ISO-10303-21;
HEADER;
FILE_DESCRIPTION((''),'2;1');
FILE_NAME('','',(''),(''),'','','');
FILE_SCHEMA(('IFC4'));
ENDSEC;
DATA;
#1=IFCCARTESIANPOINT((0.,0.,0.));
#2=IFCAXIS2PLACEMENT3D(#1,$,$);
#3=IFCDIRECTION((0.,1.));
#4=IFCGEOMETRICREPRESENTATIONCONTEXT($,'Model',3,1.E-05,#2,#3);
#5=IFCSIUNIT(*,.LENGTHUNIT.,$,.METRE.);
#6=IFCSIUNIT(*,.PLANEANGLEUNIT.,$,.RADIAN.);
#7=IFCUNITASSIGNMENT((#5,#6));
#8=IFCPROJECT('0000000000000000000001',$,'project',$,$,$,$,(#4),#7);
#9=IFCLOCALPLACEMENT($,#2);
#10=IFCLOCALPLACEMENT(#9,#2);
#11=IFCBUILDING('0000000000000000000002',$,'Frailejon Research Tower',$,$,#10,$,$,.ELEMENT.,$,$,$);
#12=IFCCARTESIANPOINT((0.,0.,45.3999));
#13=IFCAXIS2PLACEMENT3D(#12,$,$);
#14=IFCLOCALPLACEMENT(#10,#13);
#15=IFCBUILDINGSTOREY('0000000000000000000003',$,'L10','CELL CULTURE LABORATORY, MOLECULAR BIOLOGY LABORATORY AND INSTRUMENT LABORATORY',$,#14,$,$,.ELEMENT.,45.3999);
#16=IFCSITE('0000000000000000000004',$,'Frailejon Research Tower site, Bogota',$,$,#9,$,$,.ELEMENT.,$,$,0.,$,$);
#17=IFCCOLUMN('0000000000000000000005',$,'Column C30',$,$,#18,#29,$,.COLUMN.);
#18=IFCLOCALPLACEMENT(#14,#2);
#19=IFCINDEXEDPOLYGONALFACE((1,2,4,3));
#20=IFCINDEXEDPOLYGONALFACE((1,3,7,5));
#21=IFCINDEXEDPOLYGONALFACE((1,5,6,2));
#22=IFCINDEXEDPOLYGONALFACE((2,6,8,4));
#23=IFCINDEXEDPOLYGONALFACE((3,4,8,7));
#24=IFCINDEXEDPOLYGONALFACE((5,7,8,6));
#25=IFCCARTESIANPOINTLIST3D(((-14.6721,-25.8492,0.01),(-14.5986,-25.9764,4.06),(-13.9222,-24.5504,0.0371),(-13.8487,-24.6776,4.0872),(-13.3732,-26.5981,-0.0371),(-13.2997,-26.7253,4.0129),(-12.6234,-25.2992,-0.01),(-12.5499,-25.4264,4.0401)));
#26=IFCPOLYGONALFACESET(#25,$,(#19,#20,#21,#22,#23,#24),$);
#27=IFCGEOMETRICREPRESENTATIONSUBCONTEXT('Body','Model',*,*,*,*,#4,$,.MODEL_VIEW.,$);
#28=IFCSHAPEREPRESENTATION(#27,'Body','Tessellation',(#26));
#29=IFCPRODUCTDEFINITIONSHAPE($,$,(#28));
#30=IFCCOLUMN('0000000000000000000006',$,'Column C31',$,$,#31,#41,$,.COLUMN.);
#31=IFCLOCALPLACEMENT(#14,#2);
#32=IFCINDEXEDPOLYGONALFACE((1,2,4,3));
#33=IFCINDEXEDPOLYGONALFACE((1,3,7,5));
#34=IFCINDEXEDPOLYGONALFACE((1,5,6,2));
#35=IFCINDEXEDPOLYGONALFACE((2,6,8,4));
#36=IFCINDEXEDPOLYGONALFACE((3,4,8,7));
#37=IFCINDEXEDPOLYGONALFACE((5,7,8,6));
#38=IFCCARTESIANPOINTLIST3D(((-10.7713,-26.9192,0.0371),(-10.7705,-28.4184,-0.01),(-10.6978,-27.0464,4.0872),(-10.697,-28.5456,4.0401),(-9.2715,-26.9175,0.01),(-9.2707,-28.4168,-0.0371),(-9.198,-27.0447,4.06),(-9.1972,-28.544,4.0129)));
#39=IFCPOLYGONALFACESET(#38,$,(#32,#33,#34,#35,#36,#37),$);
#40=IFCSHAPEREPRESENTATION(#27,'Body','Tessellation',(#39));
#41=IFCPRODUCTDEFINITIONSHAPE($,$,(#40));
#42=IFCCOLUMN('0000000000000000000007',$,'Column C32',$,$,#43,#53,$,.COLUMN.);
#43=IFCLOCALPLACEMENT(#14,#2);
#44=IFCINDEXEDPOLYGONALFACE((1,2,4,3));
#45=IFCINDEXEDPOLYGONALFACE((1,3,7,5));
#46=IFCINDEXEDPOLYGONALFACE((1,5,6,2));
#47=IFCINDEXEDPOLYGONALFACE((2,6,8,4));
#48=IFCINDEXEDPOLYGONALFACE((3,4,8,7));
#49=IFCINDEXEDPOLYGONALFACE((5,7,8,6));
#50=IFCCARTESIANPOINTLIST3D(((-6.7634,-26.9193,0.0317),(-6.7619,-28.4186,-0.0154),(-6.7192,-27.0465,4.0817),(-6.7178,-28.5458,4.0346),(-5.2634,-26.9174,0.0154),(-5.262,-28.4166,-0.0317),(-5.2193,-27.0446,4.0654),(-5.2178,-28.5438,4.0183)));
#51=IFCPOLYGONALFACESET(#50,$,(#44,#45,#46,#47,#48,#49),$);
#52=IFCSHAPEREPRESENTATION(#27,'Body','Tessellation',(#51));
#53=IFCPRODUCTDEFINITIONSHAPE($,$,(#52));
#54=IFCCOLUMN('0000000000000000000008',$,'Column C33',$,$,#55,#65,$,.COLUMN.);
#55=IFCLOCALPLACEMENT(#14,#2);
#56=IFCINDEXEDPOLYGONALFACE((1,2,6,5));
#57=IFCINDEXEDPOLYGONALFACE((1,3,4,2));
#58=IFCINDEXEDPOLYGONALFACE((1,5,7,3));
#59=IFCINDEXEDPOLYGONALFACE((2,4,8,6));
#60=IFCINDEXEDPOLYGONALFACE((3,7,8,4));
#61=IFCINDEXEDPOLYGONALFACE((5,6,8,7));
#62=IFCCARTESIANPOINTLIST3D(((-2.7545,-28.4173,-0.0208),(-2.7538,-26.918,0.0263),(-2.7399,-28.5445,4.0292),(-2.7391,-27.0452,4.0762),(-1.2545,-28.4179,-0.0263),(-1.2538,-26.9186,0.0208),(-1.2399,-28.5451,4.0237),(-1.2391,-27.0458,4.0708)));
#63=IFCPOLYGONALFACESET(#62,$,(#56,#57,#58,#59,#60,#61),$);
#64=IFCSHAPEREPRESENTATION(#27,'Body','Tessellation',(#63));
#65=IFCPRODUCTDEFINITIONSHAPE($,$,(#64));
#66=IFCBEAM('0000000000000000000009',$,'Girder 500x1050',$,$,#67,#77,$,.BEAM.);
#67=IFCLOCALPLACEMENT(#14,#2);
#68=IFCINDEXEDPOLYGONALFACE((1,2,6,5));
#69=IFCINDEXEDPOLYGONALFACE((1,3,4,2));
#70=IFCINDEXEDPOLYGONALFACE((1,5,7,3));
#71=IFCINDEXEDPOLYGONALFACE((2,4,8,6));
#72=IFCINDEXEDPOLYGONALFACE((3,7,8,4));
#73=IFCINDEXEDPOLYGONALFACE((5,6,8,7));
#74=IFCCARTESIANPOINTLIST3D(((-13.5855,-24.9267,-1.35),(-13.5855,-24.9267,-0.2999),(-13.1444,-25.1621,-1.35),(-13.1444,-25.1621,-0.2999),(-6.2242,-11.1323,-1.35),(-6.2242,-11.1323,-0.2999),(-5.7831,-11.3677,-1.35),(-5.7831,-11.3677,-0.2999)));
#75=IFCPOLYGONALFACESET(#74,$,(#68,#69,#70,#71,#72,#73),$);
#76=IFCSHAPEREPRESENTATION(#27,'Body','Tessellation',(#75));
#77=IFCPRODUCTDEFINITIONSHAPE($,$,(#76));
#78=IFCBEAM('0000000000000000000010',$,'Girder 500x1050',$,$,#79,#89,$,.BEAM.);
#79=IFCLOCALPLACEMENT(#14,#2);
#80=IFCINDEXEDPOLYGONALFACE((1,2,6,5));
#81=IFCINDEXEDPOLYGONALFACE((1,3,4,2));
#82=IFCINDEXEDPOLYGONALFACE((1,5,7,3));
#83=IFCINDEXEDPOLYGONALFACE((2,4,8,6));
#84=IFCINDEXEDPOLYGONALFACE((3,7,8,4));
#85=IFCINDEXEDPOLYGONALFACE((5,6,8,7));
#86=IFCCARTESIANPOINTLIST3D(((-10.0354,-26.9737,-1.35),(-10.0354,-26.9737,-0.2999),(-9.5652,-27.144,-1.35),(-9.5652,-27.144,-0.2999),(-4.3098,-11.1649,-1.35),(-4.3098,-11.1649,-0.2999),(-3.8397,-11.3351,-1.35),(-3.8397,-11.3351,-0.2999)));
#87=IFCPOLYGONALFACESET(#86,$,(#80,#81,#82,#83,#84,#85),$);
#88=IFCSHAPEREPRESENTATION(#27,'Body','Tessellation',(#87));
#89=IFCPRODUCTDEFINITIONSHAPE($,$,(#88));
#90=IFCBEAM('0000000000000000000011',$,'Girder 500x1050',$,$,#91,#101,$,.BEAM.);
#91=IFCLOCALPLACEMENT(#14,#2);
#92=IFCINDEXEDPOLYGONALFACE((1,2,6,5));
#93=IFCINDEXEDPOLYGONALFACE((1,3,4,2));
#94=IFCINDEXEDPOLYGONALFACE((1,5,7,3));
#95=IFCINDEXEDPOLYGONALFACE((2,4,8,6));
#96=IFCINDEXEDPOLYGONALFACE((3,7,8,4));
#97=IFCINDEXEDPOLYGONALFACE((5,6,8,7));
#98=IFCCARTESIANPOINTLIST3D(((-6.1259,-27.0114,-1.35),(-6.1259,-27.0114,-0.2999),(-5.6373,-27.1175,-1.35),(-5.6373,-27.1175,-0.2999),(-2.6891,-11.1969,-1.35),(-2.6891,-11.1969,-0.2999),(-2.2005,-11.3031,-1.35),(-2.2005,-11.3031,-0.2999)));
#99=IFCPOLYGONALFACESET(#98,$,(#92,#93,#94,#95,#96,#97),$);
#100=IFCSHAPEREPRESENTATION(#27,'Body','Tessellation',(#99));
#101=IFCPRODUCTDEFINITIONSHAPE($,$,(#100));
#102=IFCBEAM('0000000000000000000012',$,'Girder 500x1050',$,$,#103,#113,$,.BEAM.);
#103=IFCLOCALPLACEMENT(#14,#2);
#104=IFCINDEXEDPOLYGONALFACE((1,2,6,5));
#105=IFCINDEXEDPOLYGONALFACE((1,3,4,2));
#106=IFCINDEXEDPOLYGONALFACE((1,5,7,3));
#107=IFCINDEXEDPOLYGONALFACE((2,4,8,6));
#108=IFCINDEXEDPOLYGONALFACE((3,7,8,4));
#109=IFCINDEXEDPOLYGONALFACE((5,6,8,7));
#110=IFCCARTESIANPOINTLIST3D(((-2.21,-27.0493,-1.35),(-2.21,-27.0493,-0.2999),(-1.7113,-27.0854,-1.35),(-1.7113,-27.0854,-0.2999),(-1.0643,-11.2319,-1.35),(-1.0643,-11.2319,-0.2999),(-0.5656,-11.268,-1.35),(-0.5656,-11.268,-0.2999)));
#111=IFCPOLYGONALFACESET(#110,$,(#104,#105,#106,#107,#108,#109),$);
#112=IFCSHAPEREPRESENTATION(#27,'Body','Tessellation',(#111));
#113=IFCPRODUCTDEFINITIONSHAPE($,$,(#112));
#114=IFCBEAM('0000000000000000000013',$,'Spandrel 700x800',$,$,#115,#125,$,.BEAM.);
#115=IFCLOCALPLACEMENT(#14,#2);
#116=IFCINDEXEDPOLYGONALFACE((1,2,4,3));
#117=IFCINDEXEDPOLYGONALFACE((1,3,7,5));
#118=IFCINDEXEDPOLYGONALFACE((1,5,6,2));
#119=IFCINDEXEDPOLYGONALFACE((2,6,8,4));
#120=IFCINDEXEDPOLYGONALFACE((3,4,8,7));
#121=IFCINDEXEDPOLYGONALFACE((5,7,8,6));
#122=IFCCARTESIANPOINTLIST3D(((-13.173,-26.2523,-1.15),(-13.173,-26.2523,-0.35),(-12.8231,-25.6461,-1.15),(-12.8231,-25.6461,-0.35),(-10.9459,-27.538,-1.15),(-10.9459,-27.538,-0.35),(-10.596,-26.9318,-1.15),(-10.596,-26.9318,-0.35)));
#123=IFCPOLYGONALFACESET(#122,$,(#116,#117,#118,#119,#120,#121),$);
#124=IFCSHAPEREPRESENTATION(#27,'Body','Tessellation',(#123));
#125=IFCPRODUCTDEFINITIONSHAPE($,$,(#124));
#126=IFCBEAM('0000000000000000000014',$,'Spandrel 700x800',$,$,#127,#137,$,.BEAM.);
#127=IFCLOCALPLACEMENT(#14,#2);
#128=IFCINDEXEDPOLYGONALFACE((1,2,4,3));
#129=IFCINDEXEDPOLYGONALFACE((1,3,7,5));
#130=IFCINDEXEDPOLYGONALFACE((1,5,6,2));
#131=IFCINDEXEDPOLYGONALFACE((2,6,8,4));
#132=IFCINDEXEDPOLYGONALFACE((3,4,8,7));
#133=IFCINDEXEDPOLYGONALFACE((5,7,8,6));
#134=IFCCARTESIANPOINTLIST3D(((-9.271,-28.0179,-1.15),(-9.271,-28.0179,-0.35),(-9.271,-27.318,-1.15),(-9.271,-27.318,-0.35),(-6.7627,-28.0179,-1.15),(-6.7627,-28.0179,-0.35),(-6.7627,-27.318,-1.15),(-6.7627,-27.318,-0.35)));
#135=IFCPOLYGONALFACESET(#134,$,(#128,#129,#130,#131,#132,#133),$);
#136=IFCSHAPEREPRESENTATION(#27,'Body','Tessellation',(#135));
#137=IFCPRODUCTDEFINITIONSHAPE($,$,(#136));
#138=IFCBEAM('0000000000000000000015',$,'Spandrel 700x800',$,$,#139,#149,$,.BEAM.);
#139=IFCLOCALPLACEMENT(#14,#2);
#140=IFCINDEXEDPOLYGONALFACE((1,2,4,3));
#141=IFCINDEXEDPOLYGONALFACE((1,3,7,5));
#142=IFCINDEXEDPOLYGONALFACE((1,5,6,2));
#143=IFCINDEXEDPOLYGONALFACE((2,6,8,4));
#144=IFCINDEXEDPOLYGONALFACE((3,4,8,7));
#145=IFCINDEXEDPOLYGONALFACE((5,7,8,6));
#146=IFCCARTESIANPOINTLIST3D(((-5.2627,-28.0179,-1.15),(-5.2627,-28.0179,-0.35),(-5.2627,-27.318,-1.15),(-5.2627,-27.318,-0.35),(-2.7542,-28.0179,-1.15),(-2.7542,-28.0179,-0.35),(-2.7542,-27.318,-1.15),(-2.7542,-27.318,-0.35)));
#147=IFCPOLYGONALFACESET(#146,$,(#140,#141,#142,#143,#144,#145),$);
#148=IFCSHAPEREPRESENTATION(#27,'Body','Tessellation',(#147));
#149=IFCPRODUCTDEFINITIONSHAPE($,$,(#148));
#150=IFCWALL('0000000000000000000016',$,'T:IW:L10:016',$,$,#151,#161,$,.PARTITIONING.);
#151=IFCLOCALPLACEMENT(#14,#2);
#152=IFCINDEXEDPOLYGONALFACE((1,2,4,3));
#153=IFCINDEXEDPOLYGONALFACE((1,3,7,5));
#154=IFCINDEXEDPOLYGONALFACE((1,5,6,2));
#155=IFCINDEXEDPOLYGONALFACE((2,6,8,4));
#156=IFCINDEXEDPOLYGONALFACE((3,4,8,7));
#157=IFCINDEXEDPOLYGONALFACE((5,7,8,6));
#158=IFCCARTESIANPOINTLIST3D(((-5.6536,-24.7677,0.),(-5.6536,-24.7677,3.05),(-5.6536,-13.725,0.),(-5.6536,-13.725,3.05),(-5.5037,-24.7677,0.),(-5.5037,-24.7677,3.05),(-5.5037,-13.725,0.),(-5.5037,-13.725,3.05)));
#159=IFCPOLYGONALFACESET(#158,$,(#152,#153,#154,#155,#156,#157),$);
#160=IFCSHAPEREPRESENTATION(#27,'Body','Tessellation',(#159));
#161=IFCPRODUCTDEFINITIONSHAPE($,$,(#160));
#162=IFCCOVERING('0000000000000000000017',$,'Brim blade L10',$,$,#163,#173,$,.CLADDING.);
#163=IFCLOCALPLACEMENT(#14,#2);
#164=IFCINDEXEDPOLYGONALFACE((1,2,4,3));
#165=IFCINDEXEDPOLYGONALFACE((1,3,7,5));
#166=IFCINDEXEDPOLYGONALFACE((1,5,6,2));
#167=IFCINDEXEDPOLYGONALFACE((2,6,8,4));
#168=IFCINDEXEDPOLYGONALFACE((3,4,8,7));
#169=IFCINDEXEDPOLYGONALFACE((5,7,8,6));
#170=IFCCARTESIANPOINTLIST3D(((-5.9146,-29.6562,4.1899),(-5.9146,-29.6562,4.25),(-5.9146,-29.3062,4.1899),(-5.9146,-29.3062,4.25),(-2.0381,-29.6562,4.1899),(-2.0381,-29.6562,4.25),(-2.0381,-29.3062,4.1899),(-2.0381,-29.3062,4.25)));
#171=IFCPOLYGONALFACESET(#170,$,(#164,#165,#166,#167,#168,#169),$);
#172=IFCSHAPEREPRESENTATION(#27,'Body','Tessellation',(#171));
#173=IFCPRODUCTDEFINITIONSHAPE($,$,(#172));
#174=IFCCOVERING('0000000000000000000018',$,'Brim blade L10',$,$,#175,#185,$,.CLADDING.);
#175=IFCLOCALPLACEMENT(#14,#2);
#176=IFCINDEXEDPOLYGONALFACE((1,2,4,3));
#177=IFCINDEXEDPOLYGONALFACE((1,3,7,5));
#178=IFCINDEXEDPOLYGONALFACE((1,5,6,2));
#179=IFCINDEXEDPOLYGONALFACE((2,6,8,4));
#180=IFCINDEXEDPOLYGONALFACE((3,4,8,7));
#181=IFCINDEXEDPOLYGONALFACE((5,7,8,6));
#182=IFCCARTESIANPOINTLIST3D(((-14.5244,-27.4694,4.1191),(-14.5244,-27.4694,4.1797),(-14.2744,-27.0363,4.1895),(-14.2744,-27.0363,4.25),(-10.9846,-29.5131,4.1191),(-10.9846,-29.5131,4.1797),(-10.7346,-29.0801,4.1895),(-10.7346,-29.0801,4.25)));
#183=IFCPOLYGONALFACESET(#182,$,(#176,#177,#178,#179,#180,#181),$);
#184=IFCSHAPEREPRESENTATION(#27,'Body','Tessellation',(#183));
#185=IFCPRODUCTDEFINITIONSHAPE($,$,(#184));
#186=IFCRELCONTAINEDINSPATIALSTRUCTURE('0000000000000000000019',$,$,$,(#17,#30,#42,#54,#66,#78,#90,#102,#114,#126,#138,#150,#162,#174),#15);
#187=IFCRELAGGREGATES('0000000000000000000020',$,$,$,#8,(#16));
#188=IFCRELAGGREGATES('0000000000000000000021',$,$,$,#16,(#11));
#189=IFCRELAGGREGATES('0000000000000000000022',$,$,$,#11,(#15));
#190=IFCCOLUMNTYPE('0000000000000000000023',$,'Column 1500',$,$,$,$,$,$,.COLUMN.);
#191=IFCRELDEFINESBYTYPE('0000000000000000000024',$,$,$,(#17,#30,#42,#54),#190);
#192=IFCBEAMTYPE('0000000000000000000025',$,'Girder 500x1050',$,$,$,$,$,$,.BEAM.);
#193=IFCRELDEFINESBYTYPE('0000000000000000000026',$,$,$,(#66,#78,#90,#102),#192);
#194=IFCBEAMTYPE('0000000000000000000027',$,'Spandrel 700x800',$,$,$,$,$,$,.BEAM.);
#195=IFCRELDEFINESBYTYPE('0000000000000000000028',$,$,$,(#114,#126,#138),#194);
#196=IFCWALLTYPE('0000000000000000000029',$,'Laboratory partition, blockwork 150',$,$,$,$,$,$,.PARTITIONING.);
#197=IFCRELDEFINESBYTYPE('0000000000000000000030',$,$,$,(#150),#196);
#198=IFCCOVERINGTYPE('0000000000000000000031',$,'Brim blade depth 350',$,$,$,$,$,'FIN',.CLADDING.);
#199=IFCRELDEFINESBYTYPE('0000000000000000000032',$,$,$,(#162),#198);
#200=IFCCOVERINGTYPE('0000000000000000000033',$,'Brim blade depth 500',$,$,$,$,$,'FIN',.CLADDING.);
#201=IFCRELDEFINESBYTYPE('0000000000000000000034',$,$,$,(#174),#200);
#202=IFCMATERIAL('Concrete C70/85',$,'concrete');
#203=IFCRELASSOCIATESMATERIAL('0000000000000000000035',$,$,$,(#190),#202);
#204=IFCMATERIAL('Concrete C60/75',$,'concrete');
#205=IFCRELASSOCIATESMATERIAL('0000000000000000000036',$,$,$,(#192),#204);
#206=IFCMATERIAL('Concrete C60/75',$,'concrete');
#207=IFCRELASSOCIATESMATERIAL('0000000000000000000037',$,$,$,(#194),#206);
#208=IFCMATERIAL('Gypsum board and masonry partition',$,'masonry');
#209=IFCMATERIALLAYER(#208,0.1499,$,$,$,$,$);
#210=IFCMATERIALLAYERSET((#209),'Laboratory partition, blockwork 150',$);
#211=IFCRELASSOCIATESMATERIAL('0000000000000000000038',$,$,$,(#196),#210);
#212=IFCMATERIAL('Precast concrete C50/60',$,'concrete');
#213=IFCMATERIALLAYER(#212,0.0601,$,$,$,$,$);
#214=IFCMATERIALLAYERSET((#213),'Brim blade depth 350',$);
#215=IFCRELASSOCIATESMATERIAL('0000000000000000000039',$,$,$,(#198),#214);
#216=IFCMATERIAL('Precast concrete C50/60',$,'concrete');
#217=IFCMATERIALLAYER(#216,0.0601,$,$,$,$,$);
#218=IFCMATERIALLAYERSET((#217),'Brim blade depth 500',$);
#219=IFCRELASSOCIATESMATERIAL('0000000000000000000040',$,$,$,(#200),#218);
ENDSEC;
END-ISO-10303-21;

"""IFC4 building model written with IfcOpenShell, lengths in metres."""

from ifc_helpers import new_model, si_unit, direction, frame, frame_2d, origin, origin_2d, place, context, subcontext, project, spatial, polyline, rectangle, outline, extrude, material, layer, layer_set, material_profile, profile_set, type_object, element, save


model = new_model("IFC4")

# Units and contexts
model_context = context("Model", 3, precision=1e-05, world=origin(), true_north=direction((0.0, 1.0)))
body_context = subcontext(model_context, "Body", "Model", "MODEL_VIEW")
ifc_project = project(units=[si_unit("LENGTHUNIT", "METRE"), si_unit("PLANEANGLEUNIT", "RADIAN")], contexts=[model_context])

# Site, building, storey
site_placement = place(None, origin())
site = spatial("IfcSite", under=ifc_project, at=site_placement, Name="Frailejon Research Tower site, Bogota", CompositionType="ELEMENT", RefElevation=0.0)
building_placement = place(site_placement, origin())
building = spatial("IfcBuilding", under=site, at=building_placement, Name="Frailejon Research Tower", CompositionType="ELEMENT")
storey_placement = place(building_placement, frame((0.0, 0.0, 45.3999)))
storey = spatial("IfcBuildingStorey", under=building, at=storey_placement, Name="L10", Description="CELL CULTURE LABORATORY, MOLECULAR BIOLOGY LABORATORY AND INSTRUMENT LABORATORY", CompositionType="ELEMENT", Elevation=45.3999)

# Columns
ifc_material_1 = material(Name="Concrete C70/85", Category="concrete")
ifc_material_profile_1 = material_profile(ifc_material_1, rectangle(XDim=1.5, YDim=1.5, at=origin_2d()), Name="Column 1500")
ifc_profile_set_1 = profile_set([ifc_material_profile_1], Name="Concrete C70/85")
column_type = type_object("IfcColumnType", Name="Column 1500", PredefinedType="COLUMN", material=ifc_profile_set_1)
for number, where, z_axis, x_axis, name in (
    (1, (-13.6477, -25.5742, 0.0), (0.018133, -0.031386, 0.999343), (0.865885, -0.499257, -0.031391), "Column C30"),
    (2, (-10.021, -27.668, 0.0), (0.018133, -0.031386, 0.999343), (0.999835, 0.001116, -0.018107), "Column C31"),
):
    element("IfcColumn", number, at=place(storey_placement, frame(where, z_axis=z_axis, x_axis=x_axis)), inside=storey, type_object=column_type, Name=name, PredefinedType="COLUMN", context=body_context, shape_type="SweptSolid", body=[
        extrude(rectangle(XDim=1.5, YDim=1.5, at=origin_2d()), origin(), (0.0, 0.0, 1.0), 4.0527),
    ])
column_1_placement = place(storey_placement, frame((-6.0127, -27.668, 0.0), z_axis=(0.010905, -0.031389, 0.999448), x_axis=(0.99994, 0.001287, -0.01087)))
element("IfcColumn", 3, at=column_1_placement, inside=storey, type_object=column_type, Name="Column C32", PredefinedType="COLUMN", context=body_context, shape_type="SweptSolid", body=[
    extrude(rectangle(XDim=1.5, YDim=1.5, at=origin_2d()), origin(), (0.0, 0.0, 1.0), 4.0522),
])
column_2_placement = place(storey_placement, frame((-2.0042, -27.668, 0.0), z_axis=(0.003615, -0.031391, 0.999501), x_axis=(0.999993, -0.000407, -0.00363)))
element("IfcColumn", 4, at=column_2_placement, inside=storey, type_object=column_type, Name="Column C33", PredefinedType="COLUMN", context=body_context, shape_type="SweptSolid", body=[
    extrude(rectangle(XDim=1.5, YDim=1.5, at=origin_2d()), origin(), (0.0, 0.0, 1.0), 4.052),
])

# Beams
ifc_material_2 = material(Name="Concrete C60/75", Category="concrete")
ifc_material_profile_2 = material_profile(ifc_material_2, rectangle(XDim=0.5, YDim=1.05, at=origin_2d()), Name="Girder 500x1050")
ifc_profile_set_2 = profile_set([ifc_material_profile_2], Name="Concrete C60/75")
beam_type_1 = type_object("IfcBeamType", Name="Girder 500x1050", PredefinedType="BEAM", material=ifc_profile_set_2)
beam_1_placement = place(storey_placement, frame((-13.365, -25.0444, -0.825), z_axis=(0.470802, 0.882239, 0.0), x_axis=(-0.882239, 0.470802, 0.0)))
element("IfcBeam", 5, at=beam_1_placement, inside=storey, type_object=beam_type_1, Name="Girder 500x1050", PredefinedType="BEAM", context=body_context, shape_type="SweptSolid", body=[
    extrude(rectangle(XDim=0.5, YDim=1.05, at=origin_2d()), origin(), (0.0, 0.0, 1.0), 15.6357),
])
beam_2_placement = place(storey_placement, frame((-9.8003, -27.0588, -0.825), z_axis=(0.34053, 0.940234, 0.0), x_axis=(-0.940234, 0.34053, 0.0)))
element("IfcBeam", 6, at=beam_2_placement, inside=storey, type_object=beam_type_1, Name="Girder 500x1050", PredefinedType="BEAM", context=body_context, shape_type="SweptSolid", body=[
    extrude(rectangle(XDim=0.5, YDim=1.05, at=origin_2d()), origin(), (0.0, 0.0, 1.0), 16.8137),
])
beam_3_placement = place(storey_placement, frame((-5.8816, -27.0645, -0.825), z_axis=(0.212361, 0.977191, 0.0), x_axis=(-0.977191, 0.212361, 0.0)))
element("IfcBeam", 7, at=beam_3_placement, inside=storey, type_object=beam_type_1, Name="Girder 500x1050", PredefinedType="BEAM", context=body_context, shape_type="SweptSolid", body=[
    extrude(rectangle(XDim=0.5, YDim=1.05, at=origin_2d()), origin(), (0.0, 0.0, 1.0), 16.1836),
])
beam_4_placement = place(storey_placement, frame((-1.9607, -27.0674, -0.825), z_axis=(0.072247, 0.997387, 0.0), x_axis=(-0.997387, 0.072247, 0.0)))
element("IfcBeam", 8, at=beam_4_placement, inside=storey, type_object=beam_type_1, Name="Girder 500x1050", PredefinedType="BEAM", context=body_context, shape_type="SweptSolid", body=[
    extrude(rectangle(XDim=0.5, YDim=1.05, at=origin_2d()), origin(), (0.0, 0.0, 1.0), 15.8589),
])
ifc_material_3 = material(Name="Concrete C60/75", Category="concrete")
ifc_material_profile_3 = material_profile(ifc_material_3, rectangle(XDim=0.7, YDim=0.8, at=origin_2d()), Name="Spandrel 700x800")
ifc_profile_set_3 = profile_set([ifc_material_profile_3], Name="Concrete C60/75")
beam_type_2 = type_object("IfcBeamType", Name="Spandrel 700x800", PredefinedType="BEAM", material=ifc_profile_set_3)
beam_5_placement = place(storey_placement, frame((-12.998, -25.9492, -0.75), z_axis=(0.86605, -0.499958, 0.0), x_axis=(0.499958, 0.86605, 0.0)))
element("IfcBeam", 9, at=beam_5_placement, inside=storey, type_object=beam_type_2, Name="Spandrel 700x800", PredefinedType="BEAM", context=body_context, shape_type="SweptSolid", body=[
    extrude(rectangle(XDim=0.7, YDim=0.8, at=origin_2d()), origin(), (0.0, 0.0, 1.0), 2.5715),
])
beam_6_placement = place(storey_placement, frame((-9.271, -27.668, -0.75), z_axis=(1.0, 0.0, 0.0), x_axis=(0.0, 1.0, 0.0)))
element("IfcBeam", 10, at=beam_6_placement, inside=storey, type_object=beam_type_2, Name="Spandrel 700x800", PredefinedType="BEAM", context=body_context, shape_type="SweptSolid", body=[
    extrude(rectangle(XDim=0.7, YDim=0.8, at=origin_2d()), origin(), (0.0, 0.0, 1.0), 2.5083),
])
beam_7_placement = place(storey_placement, frame((-5.2627, -27.668, -0.75), z_axis=(1.0, 0.0, 0.0), x_axis=(0.0, 1.0, 0.0)))
element("IfcBeam", 11, at=beam_7_placement, inside=storey, type_object=beam_type_2, Name="Spandrel 700x800", PredefinedType="BEAM", context=body_context, shape_type="SweptSolid", body=[
    extrude(rectangle(XDim=0.7, YDim=0.8, at=origin_2d()), origin(), (0.0, 0.0, 1.0), 2.5085),
])

# Wall
ifc_material_4 = material(Name="Gypsum board and masonry partition", Category="masonry")
ifc_layer_1 = layer(ifc_material_4, 0.1499)
ifc_layer_set_1 = layer_set([ifc_layer_1], Name="Laboratory partition, blockwork 150")
wall_type_1 = type_object("IfcWallType", Name="Laboratory partition, blockwork 150", PredefinedType="PARTITIONING", material=ifc_layer_set_1)
wall_1_placement = place(storey_placement, frame((-5.5786, -24.7678, 0.0), z_axis=(0.0, 0.0, 1.0), x_axis=(0.0, 1.0, 0.0)))
element("IfcWall", 12, at=wall_1_placement, inside=storey, type_object=wall_type_1, Name="T:IW:L10:016", PredefinedType="PARTITIONING", context=body_context, shape_type="SweptSolid", body=[
    extrude(rectangle(XDim=11.0427, YDim=0.1499, at=frame_2d((5.5215, 0.0))), origin(), (0.0, 0.0, 1.0), 3.05),
])

# Coverings
ifc_material_5 = material(Name="Precast concrete C50/60", Category="concrete")
ifc_layer_2 = layer(ifc_material_5, 0.0601)
ifc_layer_set_2 = layer_set([ifc_layer_2], Name="Brim blade depth 350")
covering_type_1 = type_object("IfcCoveringType", Name="Brim blade depth 350", ElementType="FIN", PredefinedType="CLADDING", material=ifc_layer_set_2)
covering_1_placement = place(storey_placement, frame((-2.0381, -29.3062, 4.25), z_axis=(-1.0, 0.0, 0.0), x_axis=(0.0, -1.0, 0.0)))
element("IfcCovering", 13, at=covering_1_placement, inside=storey, type_object=covering_type_1, Name="Brim blade L10", PredefinedType="CLADDING", context=body_context, shape_type="SweptSolid", body=[
    extrude(outline(polyline([(0.0, -0.0601), (0.3501, -0.0601), (0.3501, 0.0), (0.0, 0.0), (0.0, -0.0601)])), origin(), (0.0, 0.0, 1.0), 3.8765),
])
ifc_material_6 = material(Name="Precast concrete C50/60", Category="concrete")
ifc_layer_3 = layer(ifc_material_6, 0.0601)
ifc_layer_set_3 = layer_set([ifc_layer_3], Name="Brim blade depth 500")
covering_type_2 = type_object("IfcCoveringType", Name="Brim blade depth 500", ElementType="FIN", PredefinedType="CLADDING", material=ifc_layer_set_3)
covering_2_placement = place(storey_placement, frame((-10.7346, -29.0801, 4.25), z_axis=(-0.866021, 0.500007, 0.0), x_axis=(-0.500007, -0.866021, 0.0)))
element("IfcCovering", 14, at=covering_2_placement, inside=storey, type_object=covering_type_2, Name="Brim blade L10", PredefinedType="CLADDING", context=body_context, shape_type="SweptSolid", body=[
    extrude(outline(polyline([(0.0, -0.0605), (0.5, -0.1309), (0.5, -0.0703), (0.0, 0.0), (0.0, -0.0605)])), origin(), (0.0, 0.0, 1.0), 4.0874),
])

save(model, "model.ifc")
